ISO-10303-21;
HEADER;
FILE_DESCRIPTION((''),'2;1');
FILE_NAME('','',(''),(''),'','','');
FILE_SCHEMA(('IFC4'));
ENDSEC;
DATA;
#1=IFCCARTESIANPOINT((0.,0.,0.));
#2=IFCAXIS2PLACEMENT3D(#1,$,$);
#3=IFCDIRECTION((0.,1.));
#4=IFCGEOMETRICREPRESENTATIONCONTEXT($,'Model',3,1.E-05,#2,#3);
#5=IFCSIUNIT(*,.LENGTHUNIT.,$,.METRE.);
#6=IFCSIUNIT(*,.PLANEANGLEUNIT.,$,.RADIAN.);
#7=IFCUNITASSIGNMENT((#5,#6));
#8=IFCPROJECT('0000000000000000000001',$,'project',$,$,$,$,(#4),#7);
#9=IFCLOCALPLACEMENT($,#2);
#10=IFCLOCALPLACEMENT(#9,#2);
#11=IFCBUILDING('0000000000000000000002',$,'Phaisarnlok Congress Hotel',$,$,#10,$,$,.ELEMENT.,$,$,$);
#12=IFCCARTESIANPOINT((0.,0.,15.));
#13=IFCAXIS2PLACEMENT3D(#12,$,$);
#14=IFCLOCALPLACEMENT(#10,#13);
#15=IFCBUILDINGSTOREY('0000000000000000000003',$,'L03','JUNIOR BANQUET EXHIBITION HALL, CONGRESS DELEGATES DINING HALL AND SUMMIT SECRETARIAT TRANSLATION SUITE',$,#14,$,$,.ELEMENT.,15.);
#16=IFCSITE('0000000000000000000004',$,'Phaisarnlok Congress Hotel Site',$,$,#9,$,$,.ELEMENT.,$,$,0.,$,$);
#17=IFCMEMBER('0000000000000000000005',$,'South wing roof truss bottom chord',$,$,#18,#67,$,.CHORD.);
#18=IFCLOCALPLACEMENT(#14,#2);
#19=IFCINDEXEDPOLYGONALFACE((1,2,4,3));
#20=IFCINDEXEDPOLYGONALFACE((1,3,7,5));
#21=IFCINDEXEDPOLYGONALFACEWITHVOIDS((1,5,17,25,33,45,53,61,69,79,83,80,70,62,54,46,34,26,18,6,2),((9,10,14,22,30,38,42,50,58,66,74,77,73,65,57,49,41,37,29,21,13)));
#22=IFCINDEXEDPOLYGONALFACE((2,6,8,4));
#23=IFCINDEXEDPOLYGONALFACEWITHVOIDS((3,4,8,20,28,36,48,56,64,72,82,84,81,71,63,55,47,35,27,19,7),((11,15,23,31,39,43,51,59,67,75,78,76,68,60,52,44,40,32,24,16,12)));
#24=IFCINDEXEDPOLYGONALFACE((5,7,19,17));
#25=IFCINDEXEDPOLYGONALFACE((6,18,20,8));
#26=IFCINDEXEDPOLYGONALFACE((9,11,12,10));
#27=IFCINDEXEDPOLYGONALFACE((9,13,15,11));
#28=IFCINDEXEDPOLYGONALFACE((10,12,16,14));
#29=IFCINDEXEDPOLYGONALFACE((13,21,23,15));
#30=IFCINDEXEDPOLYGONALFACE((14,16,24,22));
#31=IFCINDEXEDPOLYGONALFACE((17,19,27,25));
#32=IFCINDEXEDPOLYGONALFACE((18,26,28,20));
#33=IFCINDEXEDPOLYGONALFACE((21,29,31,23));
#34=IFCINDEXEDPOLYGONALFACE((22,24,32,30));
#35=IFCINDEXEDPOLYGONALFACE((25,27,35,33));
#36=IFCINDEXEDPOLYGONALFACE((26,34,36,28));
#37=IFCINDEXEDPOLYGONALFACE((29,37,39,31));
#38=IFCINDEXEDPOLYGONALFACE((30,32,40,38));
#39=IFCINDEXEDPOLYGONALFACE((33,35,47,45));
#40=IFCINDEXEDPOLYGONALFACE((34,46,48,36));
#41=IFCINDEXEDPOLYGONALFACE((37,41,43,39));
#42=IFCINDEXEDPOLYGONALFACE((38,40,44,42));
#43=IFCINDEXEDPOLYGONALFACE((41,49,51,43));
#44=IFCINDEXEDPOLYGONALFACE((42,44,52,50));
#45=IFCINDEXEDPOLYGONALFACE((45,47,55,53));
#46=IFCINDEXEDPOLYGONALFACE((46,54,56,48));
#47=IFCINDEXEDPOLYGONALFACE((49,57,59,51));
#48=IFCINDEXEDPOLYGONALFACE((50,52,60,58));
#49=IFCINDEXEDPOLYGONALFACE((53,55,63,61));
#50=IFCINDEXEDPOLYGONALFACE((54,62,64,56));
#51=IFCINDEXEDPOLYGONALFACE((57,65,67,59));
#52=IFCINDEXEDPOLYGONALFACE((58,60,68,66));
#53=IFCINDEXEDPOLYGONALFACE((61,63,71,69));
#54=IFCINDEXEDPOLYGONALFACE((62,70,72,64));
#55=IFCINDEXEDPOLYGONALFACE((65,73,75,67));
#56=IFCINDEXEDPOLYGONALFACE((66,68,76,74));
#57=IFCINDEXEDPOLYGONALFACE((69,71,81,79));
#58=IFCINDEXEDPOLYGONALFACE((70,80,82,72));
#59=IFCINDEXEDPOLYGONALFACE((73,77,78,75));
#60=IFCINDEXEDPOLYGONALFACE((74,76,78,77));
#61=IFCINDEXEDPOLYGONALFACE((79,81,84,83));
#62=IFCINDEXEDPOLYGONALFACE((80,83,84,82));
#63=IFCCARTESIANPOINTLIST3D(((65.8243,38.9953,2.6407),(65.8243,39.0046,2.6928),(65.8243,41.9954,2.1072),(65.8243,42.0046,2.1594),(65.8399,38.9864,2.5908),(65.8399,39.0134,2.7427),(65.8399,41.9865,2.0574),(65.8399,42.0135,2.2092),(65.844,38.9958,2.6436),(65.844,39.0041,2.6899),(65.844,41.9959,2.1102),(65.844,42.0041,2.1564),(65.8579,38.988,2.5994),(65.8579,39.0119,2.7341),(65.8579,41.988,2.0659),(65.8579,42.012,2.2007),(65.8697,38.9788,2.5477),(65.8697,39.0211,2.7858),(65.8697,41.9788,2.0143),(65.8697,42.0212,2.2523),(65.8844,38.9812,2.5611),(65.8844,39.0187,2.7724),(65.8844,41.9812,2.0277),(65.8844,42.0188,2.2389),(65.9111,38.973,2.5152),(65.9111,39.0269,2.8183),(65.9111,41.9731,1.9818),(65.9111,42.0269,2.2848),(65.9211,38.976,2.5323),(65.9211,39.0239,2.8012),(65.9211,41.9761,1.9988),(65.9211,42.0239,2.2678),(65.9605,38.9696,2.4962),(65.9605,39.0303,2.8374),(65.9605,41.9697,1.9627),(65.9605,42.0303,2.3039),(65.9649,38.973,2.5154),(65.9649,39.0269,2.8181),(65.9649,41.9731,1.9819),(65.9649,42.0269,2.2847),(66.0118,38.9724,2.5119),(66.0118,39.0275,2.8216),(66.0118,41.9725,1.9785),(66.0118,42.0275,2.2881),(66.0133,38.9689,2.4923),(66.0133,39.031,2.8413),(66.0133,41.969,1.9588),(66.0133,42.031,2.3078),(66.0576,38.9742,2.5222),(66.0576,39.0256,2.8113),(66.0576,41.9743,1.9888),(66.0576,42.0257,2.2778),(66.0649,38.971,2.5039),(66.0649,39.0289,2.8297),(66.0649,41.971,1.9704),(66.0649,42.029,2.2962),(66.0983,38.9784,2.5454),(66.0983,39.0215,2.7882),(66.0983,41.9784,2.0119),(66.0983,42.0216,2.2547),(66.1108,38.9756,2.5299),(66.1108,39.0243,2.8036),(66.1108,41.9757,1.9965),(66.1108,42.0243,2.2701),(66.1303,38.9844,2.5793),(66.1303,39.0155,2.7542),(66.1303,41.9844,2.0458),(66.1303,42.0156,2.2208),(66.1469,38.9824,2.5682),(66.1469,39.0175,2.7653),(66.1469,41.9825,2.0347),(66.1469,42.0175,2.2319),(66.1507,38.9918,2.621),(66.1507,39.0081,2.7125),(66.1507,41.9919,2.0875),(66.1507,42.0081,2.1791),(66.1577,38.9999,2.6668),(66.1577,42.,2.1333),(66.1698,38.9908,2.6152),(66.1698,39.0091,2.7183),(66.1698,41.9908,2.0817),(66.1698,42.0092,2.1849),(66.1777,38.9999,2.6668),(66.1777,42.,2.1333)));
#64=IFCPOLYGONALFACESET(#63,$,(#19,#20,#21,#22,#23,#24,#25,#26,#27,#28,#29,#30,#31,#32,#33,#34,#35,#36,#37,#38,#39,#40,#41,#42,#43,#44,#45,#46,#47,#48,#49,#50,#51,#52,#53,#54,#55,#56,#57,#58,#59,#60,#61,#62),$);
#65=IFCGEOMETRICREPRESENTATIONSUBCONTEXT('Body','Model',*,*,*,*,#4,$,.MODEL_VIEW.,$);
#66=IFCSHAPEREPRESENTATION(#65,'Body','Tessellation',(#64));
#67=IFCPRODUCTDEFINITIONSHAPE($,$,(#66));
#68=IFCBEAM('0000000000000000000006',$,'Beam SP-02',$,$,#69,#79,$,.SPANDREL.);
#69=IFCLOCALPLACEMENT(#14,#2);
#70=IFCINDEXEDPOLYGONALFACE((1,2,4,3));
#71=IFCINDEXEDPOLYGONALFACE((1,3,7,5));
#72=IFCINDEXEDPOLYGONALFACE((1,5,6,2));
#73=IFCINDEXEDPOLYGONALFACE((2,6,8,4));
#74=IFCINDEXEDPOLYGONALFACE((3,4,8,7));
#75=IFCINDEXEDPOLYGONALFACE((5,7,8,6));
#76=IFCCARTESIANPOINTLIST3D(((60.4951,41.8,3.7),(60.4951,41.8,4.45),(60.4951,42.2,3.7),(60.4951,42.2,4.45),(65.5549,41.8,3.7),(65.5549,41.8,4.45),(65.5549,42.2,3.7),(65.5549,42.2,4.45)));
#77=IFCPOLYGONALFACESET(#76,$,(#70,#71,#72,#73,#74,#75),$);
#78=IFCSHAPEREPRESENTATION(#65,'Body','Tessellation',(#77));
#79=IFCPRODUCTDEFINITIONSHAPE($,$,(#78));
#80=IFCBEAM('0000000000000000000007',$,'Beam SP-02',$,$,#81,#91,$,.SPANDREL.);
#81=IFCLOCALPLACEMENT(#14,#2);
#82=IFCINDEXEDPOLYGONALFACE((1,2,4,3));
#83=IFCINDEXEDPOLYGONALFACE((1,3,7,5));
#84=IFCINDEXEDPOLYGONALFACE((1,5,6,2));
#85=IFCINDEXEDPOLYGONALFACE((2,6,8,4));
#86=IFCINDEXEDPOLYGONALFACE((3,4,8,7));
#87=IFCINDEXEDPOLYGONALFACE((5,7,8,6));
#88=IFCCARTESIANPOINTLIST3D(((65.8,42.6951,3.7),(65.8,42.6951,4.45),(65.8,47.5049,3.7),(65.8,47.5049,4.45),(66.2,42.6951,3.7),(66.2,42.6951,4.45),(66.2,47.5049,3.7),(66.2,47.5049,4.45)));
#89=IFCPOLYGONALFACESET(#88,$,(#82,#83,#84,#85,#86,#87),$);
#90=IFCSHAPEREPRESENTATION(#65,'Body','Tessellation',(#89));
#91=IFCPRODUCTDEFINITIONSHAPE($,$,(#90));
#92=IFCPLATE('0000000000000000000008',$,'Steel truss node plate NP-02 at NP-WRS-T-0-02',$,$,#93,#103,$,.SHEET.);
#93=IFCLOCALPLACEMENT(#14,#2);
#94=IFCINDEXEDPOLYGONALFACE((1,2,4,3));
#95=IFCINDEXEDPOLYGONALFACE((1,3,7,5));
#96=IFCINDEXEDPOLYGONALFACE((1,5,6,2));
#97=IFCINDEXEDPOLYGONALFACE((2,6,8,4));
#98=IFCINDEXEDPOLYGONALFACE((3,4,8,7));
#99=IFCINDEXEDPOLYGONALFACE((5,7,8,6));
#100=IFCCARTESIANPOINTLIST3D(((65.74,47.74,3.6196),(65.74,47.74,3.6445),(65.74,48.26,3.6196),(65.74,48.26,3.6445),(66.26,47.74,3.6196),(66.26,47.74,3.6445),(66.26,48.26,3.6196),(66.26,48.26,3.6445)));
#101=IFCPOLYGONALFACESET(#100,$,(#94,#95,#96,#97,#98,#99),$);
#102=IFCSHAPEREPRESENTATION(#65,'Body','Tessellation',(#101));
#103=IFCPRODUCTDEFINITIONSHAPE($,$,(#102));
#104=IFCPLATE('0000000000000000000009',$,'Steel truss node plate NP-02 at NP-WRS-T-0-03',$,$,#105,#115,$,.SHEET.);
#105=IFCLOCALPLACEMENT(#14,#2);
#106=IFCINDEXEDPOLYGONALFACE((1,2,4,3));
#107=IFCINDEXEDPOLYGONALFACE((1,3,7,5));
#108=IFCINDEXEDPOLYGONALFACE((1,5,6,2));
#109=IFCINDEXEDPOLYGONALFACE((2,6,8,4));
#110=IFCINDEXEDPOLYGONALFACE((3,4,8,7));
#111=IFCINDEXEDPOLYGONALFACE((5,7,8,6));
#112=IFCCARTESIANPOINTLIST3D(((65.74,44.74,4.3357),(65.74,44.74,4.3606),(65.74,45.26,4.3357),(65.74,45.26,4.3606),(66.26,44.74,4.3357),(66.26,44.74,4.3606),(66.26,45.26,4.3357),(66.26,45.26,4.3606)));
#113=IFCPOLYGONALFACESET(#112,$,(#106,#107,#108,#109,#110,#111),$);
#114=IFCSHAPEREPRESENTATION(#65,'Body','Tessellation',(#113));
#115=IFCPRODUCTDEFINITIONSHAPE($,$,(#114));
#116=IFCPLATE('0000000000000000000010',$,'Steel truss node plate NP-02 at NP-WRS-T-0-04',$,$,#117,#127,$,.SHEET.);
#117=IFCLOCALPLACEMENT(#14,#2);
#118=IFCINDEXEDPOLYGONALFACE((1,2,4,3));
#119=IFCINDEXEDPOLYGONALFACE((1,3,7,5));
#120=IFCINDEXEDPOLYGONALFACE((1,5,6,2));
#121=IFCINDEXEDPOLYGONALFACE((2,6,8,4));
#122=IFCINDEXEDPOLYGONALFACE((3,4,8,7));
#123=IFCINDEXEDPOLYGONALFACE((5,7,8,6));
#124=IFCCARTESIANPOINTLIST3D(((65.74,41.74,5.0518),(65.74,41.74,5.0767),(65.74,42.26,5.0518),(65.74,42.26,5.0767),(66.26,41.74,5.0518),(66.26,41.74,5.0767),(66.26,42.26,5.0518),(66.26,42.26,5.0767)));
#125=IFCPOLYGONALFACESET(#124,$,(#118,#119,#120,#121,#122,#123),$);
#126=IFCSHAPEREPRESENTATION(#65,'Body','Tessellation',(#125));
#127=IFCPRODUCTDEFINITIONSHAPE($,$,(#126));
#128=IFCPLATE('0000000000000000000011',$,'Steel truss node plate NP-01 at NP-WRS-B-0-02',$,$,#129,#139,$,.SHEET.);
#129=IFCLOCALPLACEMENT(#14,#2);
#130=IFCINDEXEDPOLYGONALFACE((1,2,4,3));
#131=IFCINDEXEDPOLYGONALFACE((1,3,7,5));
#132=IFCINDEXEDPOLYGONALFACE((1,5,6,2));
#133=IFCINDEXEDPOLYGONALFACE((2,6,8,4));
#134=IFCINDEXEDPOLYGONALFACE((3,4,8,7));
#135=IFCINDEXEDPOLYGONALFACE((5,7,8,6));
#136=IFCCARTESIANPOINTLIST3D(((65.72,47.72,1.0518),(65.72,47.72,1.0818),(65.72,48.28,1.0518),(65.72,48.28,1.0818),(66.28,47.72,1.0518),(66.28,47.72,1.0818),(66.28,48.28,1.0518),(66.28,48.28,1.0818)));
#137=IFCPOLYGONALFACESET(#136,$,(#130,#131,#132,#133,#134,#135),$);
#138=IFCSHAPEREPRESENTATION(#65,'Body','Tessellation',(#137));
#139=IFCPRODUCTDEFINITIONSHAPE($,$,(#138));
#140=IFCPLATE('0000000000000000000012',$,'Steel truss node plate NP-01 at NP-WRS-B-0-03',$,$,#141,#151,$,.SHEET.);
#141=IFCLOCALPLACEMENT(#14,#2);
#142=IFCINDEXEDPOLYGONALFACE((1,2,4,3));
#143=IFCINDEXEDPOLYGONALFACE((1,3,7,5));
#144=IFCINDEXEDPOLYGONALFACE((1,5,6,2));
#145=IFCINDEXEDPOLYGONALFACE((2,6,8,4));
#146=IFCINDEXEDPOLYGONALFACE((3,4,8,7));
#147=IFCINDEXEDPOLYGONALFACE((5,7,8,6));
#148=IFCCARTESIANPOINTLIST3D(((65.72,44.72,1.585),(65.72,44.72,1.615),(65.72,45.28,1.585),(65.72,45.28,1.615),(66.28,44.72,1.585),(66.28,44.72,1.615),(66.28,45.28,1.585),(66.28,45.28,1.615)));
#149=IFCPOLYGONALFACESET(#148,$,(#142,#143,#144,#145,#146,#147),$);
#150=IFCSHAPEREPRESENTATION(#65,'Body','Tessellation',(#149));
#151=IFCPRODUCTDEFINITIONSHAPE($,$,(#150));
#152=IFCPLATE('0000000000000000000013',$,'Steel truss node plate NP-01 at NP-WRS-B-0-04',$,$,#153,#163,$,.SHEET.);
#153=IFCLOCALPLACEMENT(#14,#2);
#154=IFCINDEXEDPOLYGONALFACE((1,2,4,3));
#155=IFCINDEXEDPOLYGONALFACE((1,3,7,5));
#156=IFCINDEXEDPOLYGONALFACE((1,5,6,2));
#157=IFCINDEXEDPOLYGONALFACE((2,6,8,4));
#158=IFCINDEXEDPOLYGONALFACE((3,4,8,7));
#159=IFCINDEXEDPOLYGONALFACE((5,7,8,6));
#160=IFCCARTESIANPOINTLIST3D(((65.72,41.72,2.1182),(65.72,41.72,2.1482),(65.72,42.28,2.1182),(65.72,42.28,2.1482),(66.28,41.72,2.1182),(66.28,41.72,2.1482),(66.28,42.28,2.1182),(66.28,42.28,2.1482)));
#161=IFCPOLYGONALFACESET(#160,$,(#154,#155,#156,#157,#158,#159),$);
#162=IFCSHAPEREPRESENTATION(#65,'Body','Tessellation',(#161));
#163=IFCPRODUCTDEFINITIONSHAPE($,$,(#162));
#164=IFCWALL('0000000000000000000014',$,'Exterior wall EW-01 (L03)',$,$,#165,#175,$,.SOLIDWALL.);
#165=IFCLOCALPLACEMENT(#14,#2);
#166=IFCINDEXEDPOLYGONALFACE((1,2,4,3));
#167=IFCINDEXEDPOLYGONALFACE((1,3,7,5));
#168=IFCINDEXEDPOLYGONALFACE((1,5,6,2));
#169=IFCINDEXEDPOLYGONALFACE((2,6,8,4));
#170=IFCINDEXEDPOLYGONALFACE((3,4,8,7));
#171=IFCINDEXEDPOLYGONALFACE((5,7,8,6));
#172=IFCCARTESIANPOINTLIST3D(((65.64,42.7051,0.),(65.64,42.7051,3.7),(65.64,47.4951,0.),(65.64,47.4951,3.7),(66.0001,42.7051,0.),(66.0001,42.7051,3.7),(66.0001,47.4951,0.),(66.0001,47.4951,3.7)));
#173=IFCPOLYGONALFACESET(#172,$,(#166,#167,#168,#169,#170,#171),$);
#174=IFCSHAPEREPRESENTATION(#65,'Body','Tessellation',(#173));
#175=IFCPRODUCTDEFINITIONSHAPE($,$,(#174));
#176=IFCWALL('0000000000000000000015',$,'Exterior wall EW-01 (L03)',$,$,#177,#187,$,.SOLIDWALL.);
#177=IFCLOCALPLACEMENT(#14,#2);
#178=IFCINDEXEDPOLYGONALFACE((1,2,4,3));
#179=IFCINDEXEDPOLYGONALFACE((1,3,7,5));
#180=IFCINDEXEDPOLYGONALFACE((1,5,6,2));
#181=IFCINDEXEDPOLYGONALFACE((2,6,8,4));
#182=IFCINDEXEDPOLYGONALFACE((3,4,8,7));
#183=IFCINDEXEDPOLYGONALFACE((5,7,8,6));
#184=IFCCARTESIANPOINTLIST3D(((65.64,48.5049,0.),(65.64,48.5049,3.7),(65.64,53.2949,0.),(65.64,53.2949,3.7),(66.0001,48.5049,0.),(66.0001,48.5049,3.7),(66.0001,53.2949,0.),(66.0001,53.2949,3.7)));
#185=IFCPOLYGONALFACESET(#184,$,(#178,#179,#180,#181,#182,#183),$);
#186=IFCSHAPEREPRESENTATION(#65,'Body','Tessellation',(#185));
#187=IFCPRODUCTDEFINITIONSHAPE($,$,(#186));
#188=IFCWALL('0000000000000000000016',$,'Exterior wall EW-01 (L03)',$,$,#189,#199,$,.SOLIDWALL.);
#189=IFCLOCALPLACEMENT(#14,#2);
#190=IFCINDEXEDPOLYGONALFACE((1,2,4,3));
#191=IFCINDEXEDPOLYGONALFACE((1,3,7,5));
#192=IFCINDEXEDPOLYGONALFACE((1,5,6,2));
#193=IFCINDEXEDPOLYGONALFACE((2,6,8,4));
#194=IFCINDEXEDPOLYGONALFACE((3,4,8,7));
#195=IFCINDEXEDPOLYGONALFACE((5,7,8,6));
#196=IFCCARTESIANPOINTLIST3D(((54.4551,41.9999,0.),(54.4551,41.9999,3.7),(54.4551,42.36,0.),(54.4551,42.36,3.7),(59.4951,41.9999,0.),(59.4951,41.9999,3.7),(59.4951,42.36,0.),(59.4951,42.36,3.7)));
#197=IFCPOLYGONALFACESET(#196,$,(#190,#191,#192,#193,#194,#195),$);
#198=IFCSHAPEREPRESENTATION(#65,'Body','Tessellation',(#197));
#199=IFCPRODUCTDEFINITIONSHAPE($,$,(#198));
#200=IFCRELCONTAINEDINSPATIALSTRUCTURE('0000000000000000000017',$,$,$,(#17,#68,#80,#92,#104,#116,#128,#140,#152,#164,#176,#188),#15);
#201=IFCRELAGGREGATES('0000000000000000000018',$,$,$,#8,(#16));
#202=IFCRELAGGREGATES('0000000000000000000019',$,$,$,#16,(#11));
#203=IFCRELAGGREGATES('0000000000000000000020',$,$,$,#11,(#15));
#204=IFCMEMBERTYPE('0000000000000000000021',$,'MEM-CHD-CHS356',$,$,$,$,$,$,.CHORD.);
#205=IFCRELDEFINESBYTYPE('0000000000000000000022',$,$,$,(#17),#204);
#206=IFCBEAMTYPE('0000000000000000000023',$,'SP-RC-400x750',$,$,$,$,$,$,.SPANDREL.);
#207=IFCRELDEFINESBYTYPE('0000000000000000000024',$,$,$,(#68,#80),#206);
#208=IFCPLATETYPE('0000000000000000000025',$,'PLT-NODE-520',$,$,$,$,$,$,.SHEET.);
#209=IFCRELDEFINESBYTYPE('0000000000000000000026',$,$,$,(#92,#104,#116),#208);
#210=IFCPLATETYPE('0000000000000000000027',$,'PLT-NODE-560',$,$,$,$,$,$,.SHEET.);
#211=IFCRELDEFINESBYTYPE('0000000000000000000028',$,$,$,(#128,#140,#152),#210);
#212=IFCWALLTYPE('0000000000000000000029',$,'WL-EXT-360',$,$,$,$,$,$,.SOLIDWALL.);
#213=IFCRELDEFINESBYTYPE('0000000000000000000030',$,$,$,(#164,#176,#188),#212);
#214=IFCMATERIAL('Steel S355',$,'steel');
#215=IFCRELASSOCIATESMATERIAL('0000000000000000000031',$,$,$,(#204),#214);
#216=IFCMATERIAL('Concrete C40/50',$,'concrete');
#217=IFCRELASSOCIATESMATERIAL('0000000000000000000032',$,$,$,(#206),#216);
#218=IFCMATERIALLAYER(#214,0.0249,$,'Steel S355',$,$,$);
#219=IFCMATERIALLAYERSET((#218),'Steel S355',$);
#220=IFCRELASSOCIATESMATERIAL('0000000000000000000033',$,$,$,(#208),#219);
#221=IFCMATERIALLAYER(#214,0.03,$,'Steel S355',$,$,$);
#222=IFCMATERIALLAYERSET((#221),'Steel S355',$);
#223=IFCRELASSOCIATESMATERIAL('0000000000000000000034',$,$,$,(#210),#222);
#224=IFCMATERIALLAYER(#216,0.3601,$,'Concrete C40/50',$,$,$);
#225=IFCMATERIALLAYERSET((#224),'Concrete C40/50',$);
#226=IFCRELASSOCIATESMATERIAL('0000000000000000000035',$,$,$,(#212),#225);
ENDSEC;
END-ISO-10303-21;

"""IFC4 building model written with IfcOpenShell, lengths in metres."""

from ifc_helpers import new_model, si_unit, direction, frame, frame_2d, origin, origin_2d, place, context, subcontext, project, spatial, rectangle, hollow_circle, extrude, material, layer, layer_set, material_profile, profile_set, type_object, element, save


model = new_model("IFC4")

# Units and contexts
model_context = context("Model", 3, precision=1e-05, world=origin(), true_north=direction((0.0, 1.0)))
body_context = subcontext(model_context, "Body", "Model", "MODEL_VIEW")
ifc_project = project(units=[si_unit("LENGTHUNIT", "METRE"), si_unit("PLANEANGLEUNIT", "RADIAN")], contexts=[model_context])

# Site, building, storey
site_placement = place(None, origin())
site = spatial("IfcSite", under=ifc_project, at=site_placement, Name="Phaisarnlok Congress Hotel Site", CompositionType="ELEMENT", RefElevation=0.0)
building_placement = place(site_placement, origin())
building = spatial("IfcBuilding", under=site, at=building_placement, Name="Phaisarnlok Congress Hotel", CompositionType="ELEMENT")
storey_placement = place(building_placement, frame((0.0, 0.0, 15.0)))
storey = spatial("IfcBuildingStorey", under=building, at=storey_placement, Name="L03", Description="JUNIOR BANQUET EXHIBITION HALL, CONGRESS DELEGATES DINING HALL AND SUMMIT SECRETARIAT TRANSLATION SUITE", CompositionType="ELEMENT", Elevation=15.0)

# Shared definitions
ifc_material_1 = material(Name="Steel S355", Category="steel")

# Member
ifc_material_profile_1 = material_profile(ifc_material_1, hollow_circle(Radius=0.1777, WallThickness=0.02, at=origin_2d()), Name="CHS 355.6x20")
ifc_profile_set_1 = profile_set([ifc_material_profile_1], Name="Steel S355")
member_type_1 = type_object("IfcMemberType", Name="MEM-CHD-CHS356", PredefinedType="CHORD", material=ifc_profile_set_1)
for number, where, z_axis, x_axis, name in (
    (1, (66.0, 42.0, 2.1333), (0.0, -0.984556, 0.17507), (1.0, 0.0, 0.0), "South wing roof truss bottom chord"),
):
    element("IfcMember", number, at=place(storey_placement, frame(where, z_axis=z_axis, x_axis=x_axis)), inside=storey, type_object=member_type_1, Name=name, PredefinedType="CHORD", context=body_context, shape_type="SweptSolid", body=[
        extrude(hollow_circle(Radius=0.1777, WallThickness=0.02, at=origin_2d()), origin(), (0.0, 0.0, 1.0), 3.0471),
    ])

# Beams
ifc_material_2 = material(Name="Concrete C40/50", Category="concrete")
ifc_material_profile_2 = material_profile(ifc_material_2, rectangle(XDim=0.3999, YDim=0.75, at=origin_2d()), Name="RC 400x750")
ifc_profile_set_2 = profile_set([ifc_material_profile_2], Name="Concrete C40/50")
beam_type_1 = type_object("IfcBeamType", Name="SP-RC-400x750", PredefinedType="SPANDREL", material=ifc_profile_set_2)
beam_1_placement = place(storey_placement, frame((60.4951, 42.0, 4.075), z_axis=(1.0, 0.0, 0.0), x_axis=(0.0, 1.0, 0.0)))
element("IfcBeam", 2, at=beam_1_placement, inside=storey, type_object=beam_type_1, Name="Beam SP-02", PredefinedType="SPANDREL", context=body_context, shape_type="SweptSolid", body=[
    extrude(rectangle(XDim=0.3999, YDim=0.75, at=origin_2d()), origin(), (0.0, 0.0, 1.0), 5.0598),
])
beam_2_placement = place(storey_placement, frame((66.0, 42.6951, 4.075), z_axis=(0.0, 1.0, 0.0), x_axis=(-1.0, 0.0, 0.0)))
element("IfcBeam", 3, at=beam_2_placement, inside=storey, type_object=beam_type_1, Name="Beam SP-02", PredefinedType="SPANDREL", context=body_context, shape_type="SweptSolid", body=[
    extrude(rectangle(XDim=0.3999, YDim=0.75, at=origin_2d()), origin(), (0.0, 0.0, 1.0), 4.8098),
])

# Plates
ifc_layer_1 = layer(ifc_material_1, 0.0249, Name="Steel S355")
ifc_layer_set_1 = layer_set([ifc_layer_1], Name="Steel S355")
plate_type_1 = type_object("IfcPlateType", Name="PLT-NODE-520", PredefinedType="SHEET", material=ifc_layer_set_1)
for number, where, z_axis, x_axis, name in (
    (4, (66.0, 48.0, 3.6196), (0.0, 0.0, 1.0), (1.0, 0.0, 0.0), "Steel truss node plate NP-02 at NP-WRS-T-0-02"),
    (5, (66.0, 45.0, 4.3357), (0.0, 0.0, 1.0), (1.0, 0.0, 0.0), "Steel truss node plate NP-02 at NP-WRS-T-0-03"),
    (6, (66.0, 42.0, 5.0518), (0.0, 0.0, 1.0), (1.0, 0.0, 0.0), "Steel truss node plate NP-02 at NP-WRS-T-0-04"),
):
    element("IfcPlate", number, at=place(storey_placement, frame(where, z_axis=z_axis, x_axis=x_axis)), inside=storey, type_object=plate_type_1, Name=name, PredefinedType="SHEET", context=body_context, shape_type="SweptSolid", body=[
        extrude(rectangle(XDim=0.52, YDim=0.52, at=origin_2d()), origin(), (0.0, 0.0, 1.0), 0.0249),
    ])
ifc_layer_2 = layer(ifc_material_1, 0.03, Name="Steel S355")
ifc_layer_set_2 = layer_set([ifc_layer_2], Name="Steel S355")
plate_type_2 = type_object("IfcPlateType", Name="PLT-NODE-560", PredefinedType="SHEET", material=ifc_layer_set_2)
for number, where, z_axis, x_axis, name in (
    (7, (66.0, 48.0, 1.0518), (0.0, 0.0, 1.0), (1.0, 0.0, 0.0), "Steel truss node plate NP-01 at NP-WRS-B-0-02"),
    (8, (66.0, 45.0, 1.585), (0.0, 0.0, 1.0), (1.0, 0.0, 0.0), "Steel truss node plate NP-01 at NP-WRS-B-0-03"),
    (9, (66.0, 42.0, 2.1182), (0.0, 0.0, 1.0), (1.0, 0.0, 0.0), "Steel truss node plate NP-01 at NP-WRS-B-0-04"),
):
    element("IfcPlate", number, at=place(storey_placement, frame(where, z_axis=z_axis, x_axis=x_axis)), inside=storey, type_object=plate_type_2, Name=name, PredefinedType="SHEET", context=body_context, shape_type="SweptSolid", body=[
        extrude(rectangle(XDim=0.5601, YDim=0.5601, at=origin_2d()), origin(), (0.0, 0.0, 1.0), 0.03),
    ])

# Walls
ifc_layer_3 = layer(ifc_material_2, 0.3601, Name="Concrete C40/50")
ifc_layer_set_3 = layer_set([ifc_layer_3], Name="Concrete C40/50")
wall_type = type_object("IfcWallType", Name="WL-EXT-360", PredefinedType="SOLIDWALL", material=ifc_layer_set_3)
for number, where, z_axis, x_axis, name in (
    (10, (65.8201, 42.7051, 0.0), (0.0, 0.0, 1.0), (0.0, 1.0, 0.0), "Exterior wall EW-01 (L03)"),
    (11, (65.8201, 48.5049, 0.0), (0.0, 0.0, 1.0), (0.0, 1.0, 0.0), "Exterior wall EW-01 (L03)"),
):
    element("IfcWall", number, at=place(storey_placement, frame(where, z_axis=z_axis, x_axis=x_axis)), inside=storey, type_object=wall_type, Name=name, PredefinedType="SOLIDWALL", context=body_context, shape_type="SweptSolid", body=[
        extrude(rectangle(XDim=4.79, YDim=0.3601, at=frame_2d((2.395, 0.0))), origin(), (0.0, 0.0, 1.0), 3.7),
    ])
for number, where, z_axis, x_axis, name in (
    (12, (54.4551, 42.1799, 0.0), (0.0, 0.0, 1.0), (1.0, 0.0, 0.0), "Exterior wall EW-01 (L03)"),
):
    element("IfcWall", number, at=place(storey_placement, frame(where, z_axis=z_axis, x_axis=x_axis)), inside=storey, type_object=wall_type, Name=name, PredefinedType="SOLIDWALL", context=body_context, shape_type="SweptSolid", body=[
        extrude(rectangle(XDim=5.04, YDim=0.3601, at=frame_2d((2.52, 0.0))), origin(), (0.0, 0.0, 1.0), 3.7),
    ])

save(model, "model.ifc")
